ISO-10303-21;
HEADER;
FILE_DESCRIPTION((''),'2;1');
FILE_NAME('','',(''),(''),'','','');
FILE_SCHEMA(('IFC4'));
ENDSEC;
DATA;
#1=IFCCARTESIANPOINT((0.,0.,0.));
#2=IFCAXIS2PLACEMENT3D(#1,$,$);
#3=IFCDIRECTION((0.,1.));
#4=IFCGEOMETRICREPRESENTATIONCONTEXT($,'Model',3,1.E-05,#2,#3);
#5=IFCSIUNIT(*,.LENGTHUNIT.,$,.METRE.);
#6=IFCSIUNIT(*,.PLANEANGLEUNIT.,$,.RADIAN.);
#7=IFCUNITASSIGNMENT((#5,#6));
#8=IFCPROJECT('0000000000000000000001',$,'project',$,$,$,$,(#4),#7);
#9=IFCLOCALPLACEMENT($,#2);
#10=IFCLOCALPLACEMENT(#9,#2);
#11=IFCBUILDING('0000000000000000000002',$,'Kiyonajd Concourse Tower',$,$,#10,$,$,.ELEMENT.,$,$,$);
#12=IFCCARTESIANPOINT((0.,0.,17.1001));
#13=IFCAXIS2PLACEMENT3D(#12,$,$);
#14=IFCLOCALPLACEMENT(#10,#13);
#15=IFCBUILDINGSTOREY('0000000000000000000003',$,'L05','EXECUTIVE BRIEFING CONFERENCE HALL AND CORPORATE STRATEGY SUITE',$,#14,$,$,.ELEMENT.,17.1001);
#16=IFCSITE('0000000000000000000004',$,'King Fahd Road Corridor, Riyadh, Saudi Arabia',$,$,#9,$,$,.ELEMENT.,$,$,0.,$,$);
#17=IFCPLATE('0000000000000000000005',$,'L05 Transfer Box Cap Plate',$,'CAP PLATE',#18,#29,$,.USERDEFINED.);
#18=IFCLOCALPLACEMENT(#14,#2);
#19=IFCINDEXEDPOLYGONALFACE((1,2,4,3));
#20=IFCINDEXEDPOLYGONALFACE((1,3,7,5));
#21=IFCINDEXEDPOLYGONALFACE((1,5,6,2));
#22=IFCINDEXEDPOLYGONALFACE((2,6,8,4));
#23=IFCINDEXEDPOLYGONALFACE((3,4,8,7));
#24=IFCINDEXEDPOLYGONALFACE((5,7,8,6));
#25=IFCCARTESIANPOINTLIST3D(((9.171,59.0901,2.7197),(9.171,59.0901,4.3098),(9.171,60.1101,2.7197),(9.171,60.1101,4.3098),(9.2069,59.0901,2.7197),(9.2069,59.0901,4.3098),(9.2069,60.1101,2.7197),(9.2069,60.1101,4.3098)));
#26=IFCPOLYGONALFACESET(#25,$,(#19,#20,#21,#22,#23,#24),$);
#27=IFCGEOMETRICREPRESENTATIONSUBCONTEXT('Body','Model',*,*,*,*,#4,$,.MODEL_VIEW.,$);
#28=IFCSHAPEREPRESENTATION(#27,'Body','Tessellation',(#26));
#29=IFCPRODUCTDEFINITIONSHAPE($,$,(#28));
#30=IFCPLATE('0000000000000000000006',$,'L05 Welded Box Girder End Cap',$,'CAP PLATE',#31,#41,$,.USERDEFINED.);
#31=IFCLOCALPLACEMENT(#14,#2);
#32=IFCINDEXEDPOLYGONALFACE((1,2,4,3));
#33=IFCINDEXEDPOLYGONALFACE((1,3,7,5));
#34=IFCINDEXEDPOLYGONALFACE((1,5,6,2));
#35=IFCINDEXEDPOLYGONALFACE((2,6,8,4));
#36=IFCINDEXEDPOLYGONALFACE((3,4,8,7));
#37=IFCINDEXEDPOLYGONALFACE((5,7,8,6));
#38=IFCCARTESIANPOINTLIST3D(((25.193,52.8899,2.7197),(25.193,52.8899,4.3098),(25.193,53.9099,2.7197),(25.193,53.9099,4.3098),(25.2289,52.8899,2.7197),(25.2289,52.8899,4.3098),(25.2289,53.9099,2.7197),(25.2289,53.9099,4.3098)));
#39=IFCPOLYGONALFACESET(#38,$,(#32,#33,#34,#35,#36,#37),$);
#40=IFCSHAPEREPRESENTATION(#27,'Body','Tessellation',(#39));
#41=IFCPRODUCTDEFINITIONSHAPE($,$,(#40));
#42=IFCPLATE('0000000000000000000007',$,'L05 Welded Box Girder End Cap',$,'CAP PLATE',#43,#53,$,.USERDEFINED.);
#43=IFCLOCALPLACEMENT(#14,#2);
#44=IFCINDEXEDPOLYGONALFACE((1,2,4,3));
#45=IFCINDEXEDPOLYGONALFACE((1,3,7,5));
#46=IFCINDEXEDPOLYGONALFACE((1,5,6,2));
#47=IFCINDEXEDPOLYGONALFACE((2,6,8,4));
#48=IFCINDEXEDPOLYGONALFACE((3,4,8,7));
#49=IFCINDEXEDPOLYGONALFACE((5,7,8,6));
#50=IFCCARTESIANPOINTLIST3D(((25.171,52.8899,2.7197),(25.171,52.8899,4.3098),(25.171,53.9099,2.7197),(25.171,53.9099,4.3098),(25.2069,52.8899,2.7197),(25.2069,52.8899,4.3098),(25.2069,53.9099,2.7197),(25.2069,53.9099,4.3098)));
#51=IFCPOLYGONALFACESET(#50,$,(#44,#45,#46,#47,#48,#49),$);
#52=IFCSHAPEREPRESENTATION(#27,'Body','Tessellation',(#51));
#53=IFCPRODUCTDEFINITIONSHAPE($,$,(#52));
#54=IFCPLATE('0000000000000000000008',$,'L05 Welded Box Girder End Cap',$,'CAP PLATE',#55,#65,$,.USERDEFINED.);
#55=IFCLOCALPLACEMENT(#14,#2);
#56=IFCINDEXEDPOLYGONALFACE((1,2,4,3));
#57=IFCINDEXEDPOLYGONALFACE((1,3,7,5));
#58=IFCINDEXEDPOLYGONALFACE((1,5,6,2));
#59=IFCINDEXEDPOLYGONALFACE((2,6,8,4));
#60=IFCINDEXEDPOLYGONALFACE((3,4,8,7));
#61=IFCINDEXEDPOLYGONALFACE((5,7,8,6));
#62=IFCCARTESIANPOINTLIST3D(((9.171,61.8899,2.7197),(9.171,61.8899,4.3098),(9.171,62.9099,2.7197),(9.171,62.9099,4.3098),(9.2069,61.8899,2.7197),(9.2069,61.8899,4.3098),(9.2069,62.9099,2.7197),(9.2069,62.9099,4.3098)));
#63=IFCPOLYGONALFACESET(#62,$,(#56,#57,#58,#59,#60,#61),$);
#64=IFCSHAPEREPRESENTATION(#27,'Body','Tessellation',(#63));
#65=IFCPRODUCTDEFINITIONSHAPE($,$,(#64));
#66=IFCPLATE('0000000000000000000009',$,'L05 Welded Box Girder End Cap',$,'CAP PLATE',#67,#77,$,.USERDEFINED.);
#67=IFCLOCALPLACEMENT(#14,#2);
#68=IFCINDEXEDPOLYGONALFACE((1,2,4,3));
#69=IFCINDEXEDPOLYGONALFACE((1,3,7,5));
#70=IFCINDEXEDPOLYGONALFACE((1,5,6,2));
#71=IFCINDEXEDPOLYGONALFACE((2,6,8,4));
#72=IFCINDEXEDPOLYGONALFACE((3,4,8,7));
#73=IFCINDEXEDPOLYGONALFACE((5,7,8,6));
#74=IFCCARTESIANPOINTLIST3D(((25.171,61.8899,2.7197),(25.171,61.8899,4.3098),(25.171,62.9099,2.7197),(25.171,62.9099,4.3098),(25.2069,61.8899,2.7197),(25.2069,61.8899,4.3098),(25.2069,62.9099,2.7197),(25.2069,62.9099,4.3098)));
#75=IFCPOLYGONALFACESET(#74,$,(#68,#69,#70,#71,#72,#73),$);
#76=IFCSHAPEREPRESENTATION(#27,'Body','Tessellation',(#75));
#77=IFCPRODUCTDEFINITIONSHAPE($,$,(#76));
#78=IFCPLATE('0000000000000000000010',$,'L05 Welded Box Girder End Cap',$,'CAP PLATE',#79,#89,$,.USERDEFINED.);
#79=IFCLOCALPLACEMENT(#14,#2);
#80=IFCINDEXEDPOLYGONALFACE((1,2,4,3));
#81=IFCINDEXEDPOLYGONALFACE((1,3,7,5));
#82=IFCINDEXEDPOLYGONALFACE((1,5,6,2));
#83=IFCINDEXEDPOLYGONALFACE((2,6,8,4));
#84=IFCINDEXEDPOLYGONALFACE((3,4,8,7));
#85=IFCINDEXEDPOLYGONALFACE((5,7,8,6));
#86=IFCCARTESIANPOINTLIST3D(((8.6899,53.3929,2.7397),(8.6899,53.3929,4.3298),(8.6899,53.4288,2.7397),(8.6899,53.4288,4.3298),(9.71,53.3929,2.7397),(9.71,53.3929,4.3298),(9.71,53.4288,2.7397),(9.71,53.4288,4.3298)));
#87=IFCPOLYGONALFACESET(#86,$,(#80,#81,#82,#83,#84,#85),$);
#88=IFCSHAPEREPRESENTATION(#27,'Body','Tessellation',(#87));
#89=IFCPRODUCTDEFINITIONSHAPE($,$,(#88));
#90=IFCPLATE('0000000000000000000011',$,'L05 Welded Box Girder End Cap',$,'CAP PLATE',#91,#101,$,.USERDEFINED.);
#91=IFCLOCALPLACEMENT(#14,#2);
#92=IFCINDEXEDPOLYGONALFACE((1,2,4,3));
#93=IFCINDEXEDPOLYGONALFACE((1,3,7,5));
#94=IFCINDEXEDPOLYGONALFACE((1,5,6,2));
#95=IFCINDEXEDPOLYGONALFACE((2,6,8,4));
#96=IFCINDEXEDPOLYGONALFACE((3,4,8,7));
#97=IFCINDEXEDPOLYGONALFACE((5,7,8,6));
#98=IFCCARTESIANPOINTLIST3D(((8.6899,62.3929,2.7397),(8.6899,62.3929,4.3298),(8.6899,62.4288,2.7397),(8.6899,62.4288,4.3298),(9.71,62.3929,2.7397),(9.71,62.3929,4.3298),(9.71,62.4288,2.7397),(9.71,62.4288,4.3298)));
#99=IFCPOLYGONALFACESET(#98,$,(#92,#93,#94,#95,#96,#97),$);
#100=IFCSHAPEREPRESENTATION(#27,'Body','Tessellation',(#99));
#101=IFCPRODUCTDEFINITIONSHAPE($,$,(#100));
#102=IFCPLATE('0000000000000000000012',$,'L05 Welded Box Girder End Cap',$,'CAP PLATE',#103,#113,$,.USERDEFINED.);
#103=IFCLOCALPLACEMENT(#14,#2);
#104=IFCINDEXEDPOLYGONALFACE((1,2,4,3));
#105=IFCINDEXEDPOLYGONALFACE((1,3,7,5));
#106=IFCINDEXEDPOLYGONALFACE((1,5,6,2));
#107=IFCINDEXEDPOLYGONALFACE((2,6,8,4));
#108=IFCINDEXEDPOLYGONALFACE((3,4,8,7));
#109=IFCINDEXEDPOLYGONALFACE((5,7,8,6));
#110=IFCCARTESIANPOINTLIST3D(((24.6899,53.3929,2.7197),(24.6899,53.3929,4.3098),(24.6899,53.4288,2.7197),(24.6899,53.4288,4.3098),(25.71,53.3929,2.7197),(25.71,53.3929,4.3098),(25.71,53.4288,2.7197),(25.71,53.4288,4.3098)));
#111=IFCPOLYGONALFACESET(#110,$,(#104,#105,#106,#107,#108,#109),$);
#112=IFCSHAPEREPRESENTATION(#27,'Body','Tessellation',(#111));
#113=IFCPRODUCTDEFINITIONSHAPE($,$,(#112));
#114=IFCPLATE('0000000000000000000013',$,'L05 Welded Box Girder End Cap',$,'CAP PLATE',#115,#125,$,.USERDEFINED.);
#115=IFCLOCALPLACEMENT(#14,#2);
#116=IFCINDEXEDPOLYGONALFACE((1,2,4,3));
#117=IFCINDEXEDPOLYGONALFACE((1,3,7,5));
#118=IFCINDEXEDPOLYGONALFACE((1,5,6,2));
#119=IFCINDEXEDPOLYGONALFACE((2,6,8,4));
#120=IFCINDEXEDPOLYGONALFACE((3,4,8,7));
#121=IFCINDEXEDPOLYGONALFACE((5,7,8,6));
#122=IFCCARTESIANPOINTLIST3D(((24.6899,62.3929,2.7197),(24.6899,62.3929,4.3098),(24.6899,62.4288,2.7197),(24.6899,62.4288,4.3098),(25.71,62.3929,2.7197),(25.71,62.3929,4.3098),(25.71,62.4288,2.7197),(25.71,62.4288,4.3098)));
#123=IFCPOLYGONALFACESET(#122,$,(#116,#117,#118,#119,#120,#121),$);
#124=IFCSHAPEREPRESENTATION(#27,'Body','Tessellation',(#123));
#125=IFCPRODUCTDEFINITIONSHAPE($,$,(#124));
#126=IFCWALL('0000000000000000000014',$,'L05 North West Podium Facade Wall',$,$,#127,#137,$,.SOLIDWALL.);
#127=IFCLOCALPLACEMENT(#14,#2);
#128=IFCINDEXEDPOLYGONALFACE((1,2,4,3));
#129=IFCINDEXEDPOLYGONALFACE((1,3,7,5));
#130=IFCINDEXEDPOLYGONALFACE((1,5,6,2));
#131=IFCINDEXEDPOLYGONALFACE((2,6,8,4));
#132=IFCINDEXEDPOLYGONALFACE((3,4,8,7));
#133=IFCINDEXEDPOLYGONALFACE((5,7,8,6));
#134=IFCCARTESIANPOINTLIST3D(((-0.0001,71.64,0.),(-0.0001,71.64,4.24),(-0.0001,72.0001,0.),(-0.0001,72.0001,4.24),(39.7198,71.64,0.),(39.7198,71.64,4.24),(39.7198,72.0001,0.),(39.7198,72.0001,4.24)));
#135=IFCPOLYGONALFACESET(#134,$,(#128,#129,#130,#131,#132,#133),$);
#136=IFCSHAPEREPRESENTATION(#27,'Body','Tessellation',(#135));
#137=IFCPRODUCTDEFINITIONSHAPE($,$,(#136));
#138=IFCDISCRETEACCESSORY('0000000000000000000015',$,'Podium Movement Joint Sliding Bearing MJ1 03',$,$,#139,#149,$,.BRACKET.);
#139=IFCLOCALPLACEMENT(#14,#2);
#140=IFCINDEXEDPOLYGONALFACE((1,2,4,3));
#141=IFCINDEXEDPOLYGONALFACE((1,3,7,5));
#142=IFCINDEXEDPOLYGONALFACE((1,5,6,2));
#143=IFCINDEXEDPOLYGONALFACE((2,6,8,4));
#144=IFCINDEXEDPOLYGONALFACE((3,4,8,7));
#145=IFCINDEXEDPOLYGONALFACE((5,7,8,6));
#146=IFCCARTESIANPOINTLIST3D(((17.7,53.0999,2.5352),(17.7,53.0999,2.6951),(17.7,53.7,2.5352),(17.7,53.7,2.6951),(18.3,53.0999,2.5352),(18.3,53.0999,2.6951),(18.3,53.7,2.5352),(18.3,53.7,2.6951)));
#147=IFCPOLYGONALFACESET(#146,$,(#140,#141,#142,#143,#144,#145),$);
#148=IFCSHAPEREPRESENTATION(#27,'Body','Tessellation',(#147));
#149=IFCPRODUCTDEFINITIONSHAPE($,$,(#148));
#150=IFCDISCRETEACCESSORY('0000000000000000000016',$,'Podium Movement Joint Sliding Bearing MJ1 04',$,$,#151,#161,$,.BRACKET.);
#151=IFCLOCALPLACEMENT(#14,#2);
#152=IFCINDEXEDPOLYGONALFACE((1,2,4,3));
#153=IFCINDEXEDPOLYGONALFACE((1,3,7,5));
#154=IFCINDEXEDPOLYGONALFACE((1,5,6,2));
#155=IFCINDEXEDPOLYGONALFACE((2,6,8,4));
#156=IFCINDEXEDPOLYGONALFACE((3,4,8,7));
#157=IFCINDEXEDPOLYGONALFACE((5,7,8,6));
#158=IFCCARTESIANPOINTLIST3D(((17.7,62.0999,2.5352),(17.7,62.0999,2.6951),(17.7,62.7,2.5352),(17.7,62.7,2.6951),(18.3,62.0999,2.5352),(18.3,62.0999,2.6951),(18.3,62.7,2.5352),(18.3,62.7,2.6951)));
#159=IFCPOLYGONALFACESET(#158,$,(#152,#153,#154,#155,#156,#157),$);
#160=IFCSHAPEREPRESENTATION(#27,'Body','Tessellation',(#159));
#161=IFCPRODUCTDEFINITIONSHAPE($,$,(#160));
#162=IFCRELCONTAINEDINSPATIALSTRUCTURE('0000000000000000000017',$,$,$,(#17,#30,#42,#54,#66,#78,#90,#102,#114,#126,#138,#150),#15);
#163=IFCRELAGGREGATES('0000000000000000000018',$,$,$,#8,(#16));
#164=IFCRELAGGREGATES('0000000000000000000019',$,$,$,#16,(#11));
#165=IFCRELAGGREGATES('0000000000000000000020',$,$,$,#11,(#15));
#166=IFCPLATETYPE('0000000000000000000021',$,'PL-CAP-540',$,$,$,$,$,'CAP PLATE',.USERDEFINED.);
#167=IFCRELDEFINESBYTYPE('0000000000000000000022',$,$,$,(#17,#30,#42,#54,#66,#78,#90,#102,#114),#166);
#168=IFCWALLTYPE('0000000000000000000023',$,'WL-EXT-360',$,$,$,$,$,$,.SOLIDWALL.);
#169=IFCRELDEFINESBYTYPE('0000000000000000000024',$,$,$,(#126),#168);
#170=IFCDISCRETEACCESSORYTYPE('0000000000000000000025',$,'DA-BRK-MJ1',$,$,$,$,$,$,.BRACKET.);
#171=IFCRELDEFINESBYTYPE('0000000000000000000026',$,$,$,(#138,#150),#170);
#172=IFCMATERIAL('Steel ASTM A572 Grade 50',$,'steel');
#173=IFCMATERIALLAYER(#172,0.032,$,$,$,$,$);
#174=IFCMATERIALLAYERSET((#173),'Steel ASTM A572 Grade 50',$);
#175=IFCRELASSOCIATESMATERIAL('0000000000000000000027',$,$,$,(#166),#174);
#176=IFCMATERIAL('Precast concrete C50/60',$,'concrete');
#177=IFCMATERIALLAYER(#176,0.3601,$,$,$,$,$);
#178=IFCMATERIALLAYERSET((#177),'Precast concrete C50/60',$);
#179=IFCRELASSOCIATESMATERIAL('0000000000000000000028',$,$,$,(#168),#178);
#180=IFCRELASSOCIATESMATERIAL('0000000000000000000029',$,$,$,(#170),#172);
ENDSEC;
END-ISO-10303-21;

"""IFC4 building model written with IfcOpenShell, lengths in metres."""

from ifc_helpers import new_model, si_unit, direction, frame, frame_2d, origin, origin_2d, place, context, subcontext, project, spatial, rectangle, extrude, material, layer, layer_set, type_object, element, save


model = new_model("IFC4")

# Units and contexts
model_context = context("Model", 3, precision=1e-05, world=origin(), true_north=direction((0.0, 1.0)))
body_context = subcontext(model_context, "Body", "Model", "MODEL_VIEW")
ifc_project = project(units=[si_unit("LENGTHUNIT", "METRE"), si_unit("PLANEANGLEUNIT", "RADIAN")], contexts=[model_context])

# Site, building, storey
site_placement = place(None, origin())
site = spatial("IfcSite", under=ifc_project, at=site_placement, Name="King Fahd Road Corridor, Riyadh, Saudi Arabia", CompositionType="ELEMENT", RefElevation=0.0)
building_placement = place(site_placement, origin())
building = spatial("IfcBuilding", under=site, at=building_placement, Name="Kiyonajd Concourse Tower", CompositionType="ELEMENT")
storey_placement = place(building_placement, frame((0.0, 0.0, 17.1001)))
storey = spatial("IfcBuildingStorey", under=building, at=storey_placement, Name="L05", Description="EXECUTIVE BRIEFING CONFERENCE HALL AND CORPORATE STRATEGY SUITE", CompositionType="ELEMENT", Elevation=17.1001)

# Shared definitions
ifc_material_1 = material(Name="Steel ASTM A572 Grade 50", Category="steel")

# Plates
ifc_layer_1 = layer(ifc_material_1, 0.032)
ifc_layer_set_1 = layer_set([ifc_layer_1], Name="Steel ASTM A572 Grade 50")
plate_type_1 = type_object("IfcPlateType", Name="PL-CAP-540", ElementType="CAP PLATE", PredefinedType="USERDEFINED", material=ifc_layer_set_1)
for number, where, z_axis, x_axis, name in (
    (1, (9.189, 59.6001, 2.7197), (0.0, 0.0, 1.0), (-1.0, 0.0, 0.0), "L05 Transfer Box Cap Plate"),
    (2, (25.2109, 53.3999, 2.7197), (0.0, 0.0, 1.0), (1.0, 0.0, 0.0), "L05 Welded Box Girder End Cap"),
    (3, (25.189, 53.3999, 2.7197), (0.0, 0.0, 1.0), (-1.0, 0.0, 0.0), "L05 Welded Box Girder End Cap"),
    (4, (9.189, 62.3999, 2.7197), (0.0, 0.0, 1.0), (-1.0, 0.0, 0.0), "L05 Welded Box Girder End Cap"),
    (5, (25.189, 62.3999, 2.7197), (0.0, 0.0, 1.0), (-1.0, 0.0, 0.0), "L05 Welded Box Girder End Cap"),
    (6, (9.2, 53.4109, 2.7397), (0.0, 0.0, 1.0), (0.0, 1.0, 0.0), "L05 Welded Box Girder End Cap"),
    (7, (9.2, 62.4109, 2.7397), (0.0, 0.0, 1.0), (0.0, 1.0, 0.0), "L05 Welded Box Girder End Cap"),
    (8, (25.2, 53.4109, 2.7197), (0.0, 0.0, 1.0), (0.0, 1.0, 0.0), "L05 Welded Box Girder End Cap"),
    (9, (25.2, 62.4109, 2.7197), (0.0, 0.0, 1.0), (0.0, 1.0, 0.0), "L05 Welded Box Girder End Cap"),
):
    element("IfcPlate", number, at=place(storey_placement, frame(where, z_axis=z_axis, x_axis=x_axis)), inside=storey, type_object=plate_type_1, Name=name, ObjectType="CAP PLATE", PredefinedType="USERDEFINED", context=body_context, shape_type="SweptSolid", body=[
        extrude(rectangle(XDim=0.0359, YDim=1.02, at=origin_2d()), origin(), (0.0, 0.0, 1.0), 1.5901),
    ])

# Wall
ifc_material_2 = material(Name="Precast concrete C50/60", Category="concrete")
ifc_layer_2 = layer(ifc_material_2, 0.3601)
ifc_layer_set_2 = layer_set([ifc_layer_2], Name="Precast concrete C50/60")
wall_type = type_object("IfcWallType", Name="WL-EXT-360", PredefinedType="SOLIDWALL", material=ifc_layer_set_2)
wall_placement = place(storey_placement, frame((0.0, 71.8201, 0.0), z_axis=(0.0, 0.0, 1.0), x_axis=(1.0, 0.0, 0.0)))
element("IfcWall", 10, at=wall_placement, inside=storey, type_object=wall_type, Name="L05 North West Podium Facade Wall", PredefinedType="SOLIDWALL", context=body_context, shape_type="SweptSolid", body=[
    extrude(rectangle(XDim=39.72, YDim=0.3601, at=frame_2d((19.8599, 0.0))), origin(), (0.0, 0.0, 1.0), 4.24),
])

# Discrete accessories
discrete_accessory_type = type_object("IfcDiscreteAccessoryType", Name="DA-BRK-MJ1", PredefinedType="BRACKET", material=ifc_material_1)
for number, where, z_axis, x_axis, name in (
    (11, (18.0, 53.3999, 2.5352), (0.0, 0.0, 1.0), (1.0, 0.0, 0.0), "Podium Movement Joint Sliding Bearing MJ1 03"),
    (12, (18.0, 62.3999, 2.5352), (0.0, 0.0, 1.0), (1.0, 0.0, 0.0), "Podium Movement Joint Sliding Bearing MJ1 04"),
):
    element("IfcDiscreteAccessory", number, at=place(storey_placement, frame(where, z_axis=z_axis, x_axis=x_axis)), inside=storey, type_object=discrete_accessory_type, Name=name, PredefinedType="BRACKET", context=body_context, shape_type="SweptSolid", body=[
        extrude(rectangle(XDim=0.6001, YDim=0.6001, at=origin_2d()), origin(), (0.0, 0.0, 1.0), 0.1599),
    ])

save(model, "model.ifc")
